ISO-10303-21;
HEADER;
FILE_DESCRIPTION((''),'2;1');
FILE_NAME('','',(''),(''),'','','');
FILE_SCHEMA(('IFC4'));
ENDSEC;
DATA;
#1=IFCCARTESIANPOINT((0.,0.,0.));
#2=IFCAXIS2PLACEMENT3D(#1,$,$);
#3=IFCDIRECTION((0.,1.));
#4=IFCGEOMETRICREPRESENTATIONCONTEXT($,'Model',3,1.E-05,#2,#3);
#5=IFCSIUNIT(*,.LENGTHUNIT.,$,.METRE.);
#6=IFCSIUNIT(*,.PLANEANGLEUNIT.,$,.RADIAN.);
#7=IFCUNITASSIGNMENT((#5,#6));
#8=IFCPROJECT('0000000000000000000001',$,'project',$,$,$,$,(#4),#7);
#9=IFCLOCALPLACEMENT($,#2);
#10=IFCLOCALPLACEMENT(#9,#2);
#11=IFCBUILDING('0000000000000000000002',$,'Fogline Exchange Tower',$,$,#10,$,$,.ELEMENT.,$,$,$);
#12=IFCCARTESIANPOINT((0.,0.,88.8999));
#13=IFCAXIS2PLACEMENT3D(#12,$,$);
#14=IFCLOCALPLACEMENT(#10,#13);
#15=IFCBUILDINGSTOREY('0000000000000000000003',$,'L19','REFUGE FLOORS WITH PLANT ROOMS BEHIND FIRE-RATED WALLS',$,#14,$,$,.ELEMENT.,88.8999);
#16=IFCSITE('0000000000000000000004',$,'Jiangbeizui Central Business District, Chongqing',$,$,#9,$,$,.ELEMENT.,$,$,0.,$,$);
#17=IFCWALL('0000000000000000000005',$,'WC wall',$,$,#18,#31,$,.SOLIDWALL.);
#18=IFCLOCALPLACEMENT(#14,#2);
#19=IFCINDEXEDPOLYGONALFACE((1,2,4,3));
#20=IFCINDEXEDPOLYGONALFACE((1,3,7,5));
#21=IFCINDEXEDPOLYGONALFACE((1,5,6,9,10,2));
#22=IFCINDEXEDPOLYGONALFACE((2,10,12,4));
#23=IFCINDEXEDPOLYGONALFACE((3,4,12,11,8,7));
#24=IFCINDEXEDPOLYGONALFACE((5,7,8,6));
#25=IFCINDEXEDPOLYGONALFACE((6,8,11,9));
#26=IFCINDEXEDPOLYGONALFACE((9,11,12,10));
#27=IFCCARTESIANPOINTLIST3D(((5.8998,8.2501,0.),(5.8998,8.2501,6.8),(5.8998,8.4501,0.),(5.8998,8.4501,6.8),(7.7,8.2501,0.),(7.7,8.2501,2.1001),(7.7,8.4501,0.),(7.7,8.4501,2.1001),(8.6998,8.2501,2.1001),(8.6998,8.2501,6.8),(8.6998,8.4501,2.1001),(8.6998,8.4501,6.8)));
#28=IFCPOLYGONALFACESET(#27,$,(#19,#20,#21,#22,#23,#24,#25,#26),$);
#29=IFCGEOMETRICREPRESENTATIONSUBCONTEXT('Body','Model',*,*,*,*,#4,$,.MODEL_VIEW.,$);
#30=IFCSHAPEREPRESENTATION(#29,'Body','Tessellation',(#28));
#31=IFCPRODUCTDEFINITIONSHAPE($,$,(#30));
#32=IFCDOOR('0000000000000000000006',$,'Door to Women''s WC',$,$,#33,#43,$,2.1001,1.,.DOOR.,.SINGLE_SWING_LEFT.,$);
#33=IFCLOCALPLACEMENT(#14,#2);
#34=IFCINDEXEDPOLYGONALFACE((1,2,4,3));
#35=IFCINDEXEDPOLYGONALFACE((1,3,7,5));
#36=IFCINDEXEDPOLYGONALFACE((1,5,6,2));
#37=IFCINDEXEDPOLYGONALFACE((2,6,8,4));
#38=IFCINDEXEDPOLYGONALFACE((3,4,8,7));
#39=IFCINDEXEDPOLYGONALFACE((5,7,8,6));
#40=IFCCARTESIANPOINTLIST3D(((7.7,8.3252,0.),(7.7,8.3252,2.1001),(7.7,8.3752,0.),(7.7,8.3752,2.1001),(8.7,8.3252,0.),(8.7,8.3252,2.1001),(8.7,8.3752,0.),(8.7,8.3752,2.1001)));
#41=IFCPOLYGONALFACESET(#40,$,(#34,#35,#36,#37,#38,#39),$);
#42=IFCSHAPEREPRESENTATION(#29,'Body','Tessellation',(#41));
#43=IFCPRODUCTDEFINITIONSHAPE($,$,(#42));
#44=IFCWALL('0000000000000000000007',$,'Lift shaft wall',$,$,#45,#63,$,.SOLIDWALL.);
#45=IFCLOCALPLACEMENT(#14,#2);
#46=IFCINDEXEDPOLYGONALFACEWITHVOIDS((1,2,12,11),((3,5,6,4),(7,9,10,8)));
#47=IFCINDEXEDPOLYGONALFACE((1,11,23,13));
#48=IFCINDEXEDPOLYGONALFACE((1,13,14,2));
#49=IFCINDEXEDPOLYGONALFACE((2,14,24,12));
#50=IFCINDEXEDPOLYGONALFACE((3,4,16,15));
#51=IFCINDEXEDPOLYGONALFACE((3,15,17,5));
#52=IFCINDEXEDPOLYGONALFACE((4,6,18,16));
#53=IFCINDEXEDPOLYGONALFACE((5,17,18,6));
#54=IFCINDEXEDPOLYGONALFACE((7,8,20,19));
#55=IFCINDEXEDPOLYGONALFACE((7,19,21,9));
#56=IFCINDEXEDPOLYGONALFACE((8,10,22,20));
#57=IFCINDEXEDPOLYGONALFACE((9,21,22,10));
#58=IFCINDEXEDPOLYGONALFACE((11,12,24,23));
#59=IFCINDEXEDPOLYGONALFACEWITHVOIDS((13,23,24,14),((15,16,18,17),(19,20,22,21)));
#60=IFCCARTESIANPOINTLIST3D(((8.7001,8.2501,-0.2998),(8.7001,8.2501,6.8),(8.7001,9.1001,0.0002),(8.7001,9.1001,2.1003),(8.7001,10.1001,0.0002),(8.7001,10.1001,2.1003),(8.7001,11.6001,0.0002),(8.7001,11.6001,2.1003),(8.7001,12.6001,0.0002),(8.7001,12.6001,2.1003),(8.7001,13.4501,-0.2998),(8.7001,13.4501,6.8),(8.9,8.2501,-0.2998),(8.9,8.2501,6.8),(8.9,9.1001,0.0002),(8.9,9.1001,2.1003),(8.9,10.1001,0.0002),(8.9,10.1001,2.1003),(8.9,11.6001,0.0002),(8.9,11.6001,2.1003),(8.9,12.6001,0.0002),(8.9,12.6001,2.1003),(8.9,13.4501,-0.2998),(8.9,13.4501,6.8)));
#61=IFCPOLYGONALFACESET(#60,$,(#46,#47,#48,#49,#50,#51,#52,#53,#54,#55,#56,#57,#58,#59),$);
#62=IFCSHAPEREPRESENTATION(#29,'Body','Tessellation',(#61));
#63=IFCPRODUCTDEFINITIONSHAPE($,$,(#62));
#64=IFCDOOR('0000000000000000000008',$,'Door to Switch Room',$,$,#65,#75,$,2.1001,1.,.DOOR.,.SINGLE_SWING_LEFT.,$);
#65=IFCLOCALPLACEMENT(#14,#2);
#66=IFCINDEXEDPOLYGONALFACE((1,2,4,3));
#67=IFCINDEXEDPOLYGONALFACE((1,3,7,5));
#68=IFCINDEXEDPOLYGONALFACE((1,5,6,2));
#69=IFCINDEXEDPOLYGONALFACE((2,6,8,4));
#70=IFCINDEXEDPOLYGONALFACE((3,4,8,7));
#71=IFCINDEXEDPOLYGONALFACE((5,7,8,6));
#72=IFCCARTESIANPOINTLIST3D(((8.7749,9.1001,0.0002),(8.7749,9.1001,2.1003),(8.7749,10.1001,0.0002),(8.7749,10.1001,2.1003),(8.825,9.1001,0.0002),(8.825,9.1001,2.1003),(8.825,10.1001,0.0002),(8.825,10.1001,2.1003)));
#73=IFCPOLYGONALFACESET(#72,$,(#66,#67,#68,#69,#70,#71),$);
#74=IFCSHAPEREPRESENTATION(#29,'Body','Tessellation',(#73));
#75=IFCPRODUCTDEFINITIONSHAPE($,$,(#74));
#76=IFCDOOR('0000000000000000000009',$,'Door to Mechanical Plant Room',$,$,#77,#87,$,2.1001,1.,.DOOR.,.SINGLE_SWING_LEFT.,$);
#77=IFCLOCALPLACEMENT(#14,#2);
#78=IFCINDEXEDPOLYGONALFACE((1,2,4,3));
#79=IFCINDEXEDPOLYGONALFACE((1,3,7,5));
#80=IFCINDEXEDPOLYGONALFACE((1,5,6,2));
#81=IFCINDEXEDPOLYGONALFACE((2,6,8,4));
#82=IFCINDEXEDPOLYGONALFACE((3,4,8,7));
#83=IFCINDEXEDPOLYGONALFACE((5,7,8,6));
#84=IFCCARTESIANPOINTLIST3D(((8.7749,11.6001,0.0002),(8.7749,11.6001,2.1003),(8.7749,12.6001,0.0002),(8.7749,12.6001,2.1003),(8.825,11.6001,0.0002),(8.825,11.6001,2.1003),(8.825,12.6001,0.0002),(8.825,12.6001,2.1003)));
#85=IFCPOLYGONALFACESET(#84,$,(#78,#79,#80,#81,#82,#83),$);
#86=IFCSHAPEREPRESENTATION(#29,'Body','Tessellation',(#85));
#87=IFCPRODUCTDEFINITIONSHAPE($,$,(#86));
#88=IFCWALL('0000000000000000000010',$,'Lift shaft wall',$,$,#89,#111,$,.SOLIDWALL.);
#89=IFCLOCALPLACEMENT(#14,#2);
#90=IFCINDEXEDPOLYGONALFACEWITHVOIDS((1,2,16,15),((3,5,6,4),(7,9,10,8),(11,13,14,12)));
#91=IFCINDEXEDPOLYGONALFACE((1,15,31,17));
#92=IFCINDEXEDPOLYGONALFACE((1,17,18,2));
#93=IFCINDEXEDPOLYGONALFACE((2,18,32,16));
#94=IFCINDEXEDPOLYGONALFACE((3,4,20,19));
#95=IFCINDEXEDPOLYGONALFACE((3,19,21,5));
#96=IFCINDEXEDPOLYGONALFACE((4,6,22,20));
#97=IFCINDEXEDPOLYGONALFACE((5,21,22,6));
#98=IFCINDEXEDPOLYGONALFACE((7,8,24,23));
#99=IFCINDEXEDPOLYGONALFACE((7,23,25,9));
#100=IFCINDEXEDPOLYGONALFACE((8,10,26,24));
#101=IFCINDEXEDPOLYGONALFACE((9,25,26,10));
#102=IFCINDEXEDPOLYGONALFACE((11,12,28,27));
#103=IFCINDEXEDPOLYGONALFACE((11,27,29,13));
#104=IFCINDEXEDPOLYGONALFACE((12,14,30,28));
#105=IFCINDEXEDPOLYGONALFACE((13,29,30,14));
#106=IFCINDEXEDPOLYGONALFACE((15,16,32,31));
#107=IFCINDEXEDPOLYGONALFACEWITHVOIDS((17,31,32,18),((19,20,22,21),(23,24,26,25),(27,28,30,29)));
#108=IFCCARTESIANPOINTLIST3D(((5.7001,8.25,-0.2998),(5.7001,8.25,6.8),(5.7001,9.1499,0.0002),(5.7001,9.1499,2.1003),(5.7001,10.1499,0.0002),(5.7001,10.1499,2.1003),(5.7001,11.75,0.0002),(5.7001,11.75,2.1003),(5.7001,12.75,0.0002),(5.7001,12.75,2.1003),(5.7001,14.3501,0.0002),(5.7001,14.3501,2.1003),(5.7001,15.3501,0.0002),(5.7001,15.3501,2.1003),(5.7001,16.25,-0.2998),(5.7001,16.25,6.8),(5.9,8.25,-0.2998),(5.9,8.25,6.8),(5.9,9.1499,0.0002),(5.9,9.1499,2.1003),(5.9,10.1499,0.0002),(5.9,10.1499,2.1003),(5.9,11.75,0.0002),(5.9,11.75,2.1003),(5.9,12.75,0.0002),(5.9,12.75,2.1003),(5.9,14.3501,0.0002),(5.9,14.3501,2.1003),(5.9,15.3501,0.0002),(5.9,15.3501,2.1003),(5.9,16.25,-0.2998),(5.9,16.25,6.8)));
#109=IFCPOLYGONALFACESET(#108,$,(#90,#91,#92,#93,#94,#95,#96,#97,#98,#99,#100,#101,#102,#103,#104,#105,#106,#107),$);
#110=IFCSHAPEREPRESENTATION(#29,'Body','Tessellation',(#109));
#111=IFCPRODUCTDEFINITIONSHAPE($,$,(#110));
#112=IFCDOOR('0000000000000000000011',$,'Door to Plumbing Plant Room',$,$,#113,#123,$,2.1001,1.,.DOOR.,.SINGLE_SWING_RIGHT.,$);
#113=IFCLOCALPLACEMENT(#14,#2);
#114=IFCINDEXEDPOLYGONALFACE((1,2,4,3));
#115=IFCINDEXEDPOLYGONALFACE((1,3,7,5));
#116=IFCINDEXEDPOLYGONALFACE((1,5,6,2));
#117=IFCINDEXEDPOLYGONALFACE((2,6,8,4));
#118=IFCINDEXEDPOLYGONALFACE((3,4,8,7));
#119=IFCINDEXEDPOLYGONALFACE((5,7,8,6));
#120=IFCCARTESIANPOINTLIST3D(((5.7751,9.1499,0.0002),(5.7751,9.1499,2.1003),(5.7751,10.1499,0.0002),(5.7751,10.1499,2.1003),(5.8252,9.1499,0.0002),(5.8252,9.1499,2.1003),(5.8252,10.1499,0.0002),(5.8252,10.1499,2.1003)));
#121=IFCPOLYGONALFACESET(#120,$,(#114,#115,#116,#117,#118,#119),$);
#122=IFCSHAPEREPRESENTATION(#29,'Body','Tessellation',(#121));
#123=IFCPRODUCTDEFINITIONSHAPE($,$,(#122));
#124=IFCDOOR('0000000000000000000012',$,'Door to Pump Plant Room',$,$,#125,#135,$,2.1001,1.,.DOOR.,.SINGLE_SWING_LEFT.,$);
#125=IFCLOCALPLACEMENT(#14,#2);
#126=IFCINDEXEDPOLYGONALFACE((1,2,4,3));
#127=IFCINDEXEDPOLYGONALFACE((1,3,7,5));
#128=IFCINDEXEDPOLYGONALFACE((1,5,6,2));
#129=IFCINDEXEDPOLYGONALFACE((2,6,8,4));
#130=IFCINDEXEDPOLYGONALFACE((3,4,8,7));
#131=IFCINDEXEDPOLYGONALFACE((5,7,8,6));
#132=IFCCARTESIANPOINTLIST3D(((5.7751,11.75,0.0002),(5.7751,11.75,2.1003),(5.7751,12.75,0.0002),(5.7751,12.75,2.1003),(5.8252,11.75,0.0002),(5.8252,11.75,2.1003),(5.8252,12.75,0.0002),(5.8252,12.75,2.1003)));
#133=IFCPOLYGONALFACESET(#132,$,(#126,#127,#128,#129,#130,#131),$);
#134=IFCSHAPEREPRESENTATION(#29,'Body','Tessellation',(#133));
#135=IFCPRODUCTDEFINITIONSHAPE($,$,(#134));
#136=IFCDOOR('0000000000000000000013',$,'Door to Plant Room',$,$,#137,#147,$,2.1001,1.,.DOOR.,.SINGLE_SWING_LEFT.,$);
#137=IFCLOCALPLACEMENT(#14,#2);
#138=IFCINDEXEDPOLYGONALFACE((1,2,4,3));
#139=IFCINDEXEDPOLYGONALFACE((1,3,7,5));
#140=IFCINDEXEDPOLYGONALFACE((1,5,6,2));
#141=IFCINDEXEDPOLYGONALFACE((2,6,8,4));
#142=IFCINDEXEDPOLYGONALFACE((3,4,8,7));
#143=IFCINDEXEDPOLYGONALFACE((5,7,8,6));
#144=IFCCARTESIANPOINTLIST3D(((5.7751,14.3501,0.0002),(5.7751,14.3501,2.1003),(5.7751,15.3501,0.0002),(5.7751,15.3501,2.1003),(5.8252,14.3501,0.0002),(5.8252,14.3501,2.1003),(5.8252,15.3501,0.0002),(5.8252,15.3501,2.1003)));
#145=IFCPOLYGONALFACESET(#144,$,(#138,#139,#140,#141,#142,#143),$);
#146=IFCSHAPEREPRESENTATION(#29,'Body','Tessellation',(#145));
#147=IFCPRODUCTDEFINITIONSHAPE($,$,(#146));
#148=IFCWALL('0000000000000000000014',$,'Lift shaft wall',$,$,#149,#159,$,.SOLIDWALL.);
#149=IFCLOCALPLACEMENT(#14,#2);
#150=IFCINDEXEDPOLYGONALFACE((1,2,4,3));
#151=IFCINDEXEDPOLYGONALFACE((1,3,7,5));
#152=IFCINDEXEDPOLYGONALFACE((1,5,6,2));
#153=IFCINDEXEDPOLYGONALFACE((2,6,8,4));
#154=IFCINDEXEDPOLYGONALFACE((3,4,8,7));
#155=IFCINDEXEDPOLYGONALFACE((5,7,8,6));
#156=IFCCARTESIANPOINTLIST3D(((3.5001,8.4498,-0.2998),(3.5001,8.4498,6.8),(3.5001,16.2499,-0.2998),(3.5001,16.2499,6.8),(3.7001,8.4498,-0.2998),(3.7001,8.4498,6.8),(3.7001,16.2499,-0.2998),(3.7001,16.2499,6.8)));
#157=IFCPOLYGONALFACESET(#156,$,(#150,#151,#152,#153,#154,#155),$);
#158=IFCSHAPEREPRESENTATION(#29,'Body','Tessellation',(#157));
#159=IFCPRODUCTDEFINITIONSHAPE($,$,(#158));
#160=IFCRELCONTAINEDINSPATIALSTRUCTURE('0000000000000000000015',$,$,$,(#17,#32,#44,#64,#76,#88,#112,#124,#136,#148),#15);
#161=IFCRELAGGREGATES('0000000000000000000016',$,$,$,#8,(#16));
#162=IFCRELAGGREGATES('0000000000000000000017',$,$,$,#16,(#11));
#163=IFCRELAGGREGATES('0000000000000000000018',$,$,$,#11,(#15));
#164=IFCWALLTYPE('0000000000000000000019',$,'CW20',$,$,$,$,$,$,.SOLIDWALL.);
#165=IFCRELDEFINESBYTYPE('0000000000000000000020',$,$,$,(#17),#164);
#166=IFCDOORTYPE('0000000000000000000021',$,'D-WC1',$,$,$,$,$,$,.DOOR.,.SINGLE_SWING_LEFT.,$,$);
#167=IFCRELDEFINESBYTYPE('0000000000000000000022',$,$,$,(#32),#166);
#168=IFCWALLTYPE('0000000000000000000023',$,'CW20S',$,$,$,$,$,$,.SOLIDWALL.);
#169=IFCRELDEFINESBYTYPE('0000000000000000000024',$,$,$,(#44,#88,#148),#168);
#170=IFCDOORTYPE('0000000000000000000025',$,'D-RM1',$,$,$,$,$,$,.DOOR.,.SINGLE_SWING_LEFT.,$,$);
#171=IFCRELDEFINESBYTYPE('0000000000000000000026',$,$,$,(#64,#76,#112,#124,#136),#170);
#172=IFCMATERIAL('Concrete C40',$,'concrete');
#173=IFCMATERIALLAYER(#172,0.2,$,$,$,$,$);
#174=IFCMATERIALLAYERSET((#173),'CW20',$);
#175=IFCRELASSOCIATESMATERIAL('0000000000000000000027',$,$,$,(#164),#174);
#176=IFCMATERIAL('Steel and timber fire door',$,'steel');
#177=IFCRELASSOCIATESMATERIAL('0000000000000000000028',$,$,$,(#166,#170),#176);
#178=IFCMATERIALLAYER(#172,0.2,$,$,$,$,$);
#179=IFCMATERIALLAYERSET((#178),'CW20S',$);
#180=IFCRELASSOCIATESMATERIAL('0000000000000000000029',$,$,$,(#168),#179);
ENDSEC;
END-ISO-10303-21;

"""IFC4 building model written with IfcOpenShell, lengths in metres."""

from ifc_helpers import new_model, si_unit, direction, frame, frame_2d, origin, place, context, subcontext, project, spatial, rectangle, extrude, material, layer, layer_set, type_object, element, fill, save


model = new_model("IFC4")

# Units and contexts
model_context = context("Model", 3, precision=1e-05, world=origin(), true_north=direction((0.0, 1.0)))
body_context = subcontext(model_context, "Body", "Model", "MODEL_VIEW")
ifc_project = project(units=[si_unit("LENGTHUNIT", "METRE"), si_unit("PLANEANGLEUNIT", "RADIAN")], contexts=[model_context])

# Site, building, storey
site_placement = place(None, origin())
site = spatial("IfcSite", under=ifc_project, at=site_placement, Name="Jiangbeizui Central Business District, Chongqing", CompositionType="ELEMENT", RefElevation=0.0)
building_placement = place(site_placement, origin())
building = spatial("IfcBuilding", under=site, at=building_placement, Name="Fogline Exchange Tower", CompositionType="ELEMENT")
storey_placement = place(building_placement, frame((0.0, 0.0, 88.8999)))
storey = spatial("IfcBuildingStorey", under=building, at=storey_placement, Name="L19", Description="REFUGE FLOORS WITH PLANT ROOMS BEHIND FIRE-RATED WALLS", CompositionType="ELEMENT", Elevation=88.8999)

# Wall, opening, door
ifc_material_1 = material(Name="Concrete C40", Category="concrete")
ifc_layer_1 = layer(ifc_material_1, 0.2)
ifc_layer_set_1 = layer_set([ifc_layer_1], Name="CW20")
wall_type_1 = type_object("IfcWallType", Name="CW20", PredefinedType="SOLIDWALL", material=ifc_layer_set_1)
wall_1_placement = place(storey_placement, frame((5.8999, 8.3501, 0.0), z_axis=(0.0, 0.0, 1.0), x_axis=(1.0, 0.0, 0.0)))
wall_1 = element("IfcWall", 1, at=wall_1_placement, inside=storey, type_object=wall_type_1, Name="WC wall", PredefinedType="SOLIDWALL", context=body_context, shape_type="SweptSolid", body=[
    extrude(rectangle(XDim=2.8, YDim=0.2, at=frame_2d((1.3999, 0.0))), origin(), (0.0, 0.0, 1.0), 6.8),
])
opening_1_placement = place(wall_1_placement, frame((1.8, 0.0, 0.0)))
opening_1 = element("IfcOpeningElement", 2, at=opening_1_placement, cuts=wall_1, PredefinedType="OPENING", context=body_context, shape_type="SweptSolid", body=[
    extrude(rectangle(XDim=1.0, YDim=2.1001, at=frame_2d((0.5, 1.05))), frame((0.0, 0.1099, 0.0), z_axis=(0.0, -1.0, 0.0), x_axis=(1.0, 0.0, 0.0)), (0.0, 0.0, 1.0), 0.22),
])
ifc_material_2 = material(Name="Steel and timber fire door", Category="steel")
door_type_1 = type_object("IfcDoorType", Name="D-WC1", OperationType="SINGLE_SWING_LEFT", PredefinedType="DOOR", material=ifc_material_2)
door_1_placement = place(opening_1_placement, frame((1.0, 0.0, 0.0), z_axis=(0.0, 0.0, 1.0), x_axis=(-1.0, 0.0, 0.0)))
door_1 = element("IfcDoor", 3, at=door_1_placement, inside=storey, type_object=door_type_1, Name="Door to Women's WC", OperationType="SINGLE_SWING_LEFT", OverallHeight=2.1001, OverallWidth=1.0, PredefinedType="DOOR", context=body_context, shape_type="SweptSolid", body=[
    extrude(rectangle(XDim=1.0, YDim=2.1001, at=frame_2d((0.5, 1.05))), frame((0.0, 0.0249, 0.0), z_axis=(0.0, -1.0, 0.0), x_axis=(1.0, 0.0, 0.0)), (0.0, 0.0, 1.0), 0.05),
])
fill(opening_1, door_1)

# Walls, openings, doors
ifc_layer_2 = layer(ifc_material_1, 0.2)
ifc_layer_set_2 = layer_set([ifc_layer_2], Name="CW20S")
wall_type_2 = type_object("IfcWallType", Name="CW20S", PredefinedType="SOLIDWALL", material=ifc_layer_set_2)
wall_2_placement = place(storey_placement, frame((8.8, 8.25, -0.2998), z_axis=(0.0, 0.0, 1.0), x_axis=(0.0, 1.0, 0.0)))
wall_2 = element("IfcWall", 4, at=wall_2_placement, inside=storey, type_object=wall_type_2, Name="Lift shaft wall", PredefinedType="SOLIDWALL", context=body_context, shape_type="SweptSolid", body=[
    extrude(rectangle(XDim=5.2, YDim=0.2, at=frame_2d((2.6001, 0.0))), origin(), (0.0, 0.0, 1.0), 7.0999),
])
opening_2_placement = place(wall_2_placement, frame((0.8501, 0.0, 0.3)))
opening_2 = element("IfcOpeningElement", 5, at=opening_2_placement, cuts=wall_2, PredefinedType="OPENING", context=body_context, shape_type="SweptSolid", body=[
    extrude(rectangle(XDim=1.0, YDim=2.1001, at=frame_2d((0.5, 1.05))), frame((0.0, 0.1099, 0.0), z_axis=(0.0, -1.0, 0.0), x_axis=(1.0, 0.0, 0.0)), (0.0, 0.0, 1.0), 0.22),
])
opening_3_placement = place(wall_2_placement, frame((3.3501, 0.0, 0.3)))
opening_3 = element("IfcOpeningElement", 6, at=opening_3_placement, cuts=wall_2, PredefinedType="OPENING", context=body_context, shape_type="SweptSolid", body=[
    extrude(rectangle(XDim=1.0, YDim=2.1001, at=frame_2d((0.5, 1.05))), frame((0.0, 0.1099, 0.0), z_axis=(0.0, -1.0, 0.0), x_axis=(1.0, 0.0, 0.0)), (0.0, 0.0, 1.0), 0.22),
])
door_type_2 = type_object("IfcDoorType", Name="D-RM1", OperationType="SINGLE_SWING_LEFT", PredefinedType="DOOR", material=ifc_material_2)
door_2_placement = place(opening_2_placement, frame((1.0, 0.0, 0.0), z_axis=(0.0, 0.0, 1.0), x_axis=(-1.0, 0.0, 0.0)))
door_2 = element("IfcDoor", 7, at=door_2_placement, inside=storey, type_object=door_type_2, Name="Door to Switch Room", OperationType="SINGLE_SWING_LEFT", OverallHeight=2.1001, OverallWidth=1.0, PredefinedType="DOOR", context=body_context, shape_type="SweptSolid", body=[
    extrude(rectangle(XDim=1.0, YDim=2.1001, at=frame_2d((0.5, 1.05))), frame((0.0, 0.0249, 0.0), z_axis=(0.0, -1.0, 0.0), x_axis=(1.0, 0.0, 0.0)), (0.0, 0.0, 1.0), 0.05),
])
fill(opening_2, door_2)
door_3_placement = place(opening_3_placement, frame((1.0, 0.0, 0.0), z_axis=(0.0, 0.0, 1.0), x_axis=(-1.0, 0.0, 0.0)))
door_3 = element("IfcDoor", 8, at=door_3_placement, inside=storey, type_object=door_type_2, Name="Door to Mechanical Plant Room", OperationType="SINGLE_SWING_LEFT", OverallHeight=2.1001, OverallWidth=1.0, PredefinedType="DOOR", context=body_context, shape_type="SweptSolid", body=[
    extrude(rectangle(XDim=1.0, YDim=2.1001, at=frame_2d((0.5, 1.05))), frame((0.0, 0.0249, 0.0), z_axis=(0.0, -1.0, 0.0), x_axis=(1.0, 0.0, 0.0)), (0.0, 0.0, 1.0), 0.05),
])
fill(opening_3, door_3)
wall_3_placement = place(storey_placement, frame((5.8, 8.25, -0.2998), z_axis=(0.0, 0.0, 1.0), x_axis=(0.0, 1.0, 0.0)))
wall_3 = element("IfcWall", 9, at=wall_3_placement, inside=storey, type_object=wall_type_2, Name="Lift shaft wall", PredefinedType="SOLIDWALL", context=body_context, shape_type="SweptSolid", body=[
    extrude(rectangle(XDim=8.0, YDim=0.2, at=frame_2d((4.0, 0.0))), origin(), (0.0, 0.0, 1.0), 7.0999),
])
opening_4_placement = place(wall_3_placement, frame((0.8999, 0.0, 0.3)))
opening_4 = element("IfcOpeningElement", 10, at=opening_4_placement, cuts=wall_3, PredefinedType="OPENING", context=body_context, shape_type="SweptSolid", body=[
    extrude(rectangle(XDim=1.0, YDim=2.1001, at=frame_2d((0.5, 1.05))), frame((0.0, 0.1099, 0.0), z_axis=(0.0, -1.0, 0.0), x_axis=(1.0, 0.0, 0.0)), (0.0, 0.0, 1.0), 0.22),
])
opening_5_placement = place(wall_3_placement, frame((3.5, 0.0, 0.3)))
opening_5 = element("IfcOpeningElement", 11, at=opening_5_placement, cuts=wall_3, PredefinedType="OPENING", context=body_context, shape_type="SweptSolid", body=[
    extrude(rectangle(XDim=1.0, YDim=2.1001, at=frame_2d((0.5, 1.05))), frame((0.0, 0.1099, 0.0), z_axis=(0.0, -1.0, 0.0), x_axis=(1.0, 0.0, 0.0)), (0.0, 0.0, 1.0), 0.22),
])
opening_6_placement = place(wall_3_placement, frame((6.1001, 0.0, 0.3)))
opening_6 = element("IfcOpeningElement", 12, at=opening_6_placement, cuts=wall_3, PredefinedType="OPENING", context=body_context, shape_type="SweptSolid", body=[
    extrude(rectangle(XDim=1.0, YDim=2.1001, at=frame_2d((0.5, 1.05))), frame((0.0, 0.1099, 0.0), z_axis=(0.0, -1.0, 0.0), x_axis=(1.0, 0.0, 0.0)), (0.0, 0.0, 1.0), 0.22),
])
door_4_placement = place(opening_4_placement, origin())
door_4 = element("IfcDoor", 13, at=door_4_placement, inside=storey, type_object=door_type_2, Name="Door to Plumbing Plant Room", OperationType="SINGLE_SWING_RIGHT", OverallHeight=2.1001, OverallWidth=1.0, PredefinedType="DOOR", context=body_context, shape_type="SweptSolid", body=[
    extrude(rectangle(XDim=1.0, YDim=2.1001, at=frame_2d((0.5, 1.05))), frame((0.0, 0.0249, 0.0), z_axis=(0.0, -1.0, 0.0), x_axis=(1.0, 0.0, 0.0)), (0.0, 0.0, 1.0), 0.05),
])
fill(opening_4, door_4)
door_5_placement = place(opening_5_placement, origin())
door_5 = element("IfcDoor", 14, at=door_5_placement, inside=storey, type_object=door_type_2, Name="Door to Pump Plant Room", OperationType="SINGLE_SWING_LEFT", OverallHeight=2.1001, OverallWidth=1.0, PredefinedType="DOOR", context=body_context, shape_type="SweptSolid", body=[
    extrude(rectangle(XDim=1.0, YDim=2.1001, at=frame_2d((0.5, 1.05))), frame((0.0, 0.0249, 0.0), z_axis=(0.0, -1.0, 0.0), x_axis=(1.0, 0.0, 0.0)), (0.0, 0.0, 1.0), 0.05),
])
fill(opening_5, door_5)
door_6_placement = place(opening_6_placement, origin())
door_6 = element("IfcDoor", 15, at=door_6_placement, inside=storey, type_object=door_type_2, Name="Door to Plant Room", OperationType="SINGLE_SWING_LEFT", OverallHeight=2.1001, OverallWidth=1.0, PredefinedType="DOOR", context=body_context, shape_type="SweptSolid", body=[
    extrude(rectangle(XDim=1.0, YDim=2.1001, at=frame_2d((0.5, 1.05))), frame((0.0, 0.0249, 0.0), z_axis=(0.0, -1.0, 0.0), x_axis=(1.0, 0.0, 0.0)), (0.0, 0.0, 1.0), 0.05),
])
fill(opening_6, door_6)

# Wall
wall_4_placement = place(storey_placement, frame((3.6001, 8.45, -0.2998), z_axis=(0.0, 0.0, 1.0), x_axis=(0.0, 1.0, 0.0)))
element("IfcWall", 16, at=wall_4_placement, inside=storey, type_object=wall_type_2, Name="Lift shaft wall", PredefinedType="SOLIDWALL", context=body_context, shape_type="SweptSolid", body=[
    extrude(rectangle(XDim=7.8, YDim=0.2, at=frame_2d((3.8999, 0.0))), origin(), (0.0, 0.0, 1.0), 7.0999),
])

save(model, "model.ifc")
